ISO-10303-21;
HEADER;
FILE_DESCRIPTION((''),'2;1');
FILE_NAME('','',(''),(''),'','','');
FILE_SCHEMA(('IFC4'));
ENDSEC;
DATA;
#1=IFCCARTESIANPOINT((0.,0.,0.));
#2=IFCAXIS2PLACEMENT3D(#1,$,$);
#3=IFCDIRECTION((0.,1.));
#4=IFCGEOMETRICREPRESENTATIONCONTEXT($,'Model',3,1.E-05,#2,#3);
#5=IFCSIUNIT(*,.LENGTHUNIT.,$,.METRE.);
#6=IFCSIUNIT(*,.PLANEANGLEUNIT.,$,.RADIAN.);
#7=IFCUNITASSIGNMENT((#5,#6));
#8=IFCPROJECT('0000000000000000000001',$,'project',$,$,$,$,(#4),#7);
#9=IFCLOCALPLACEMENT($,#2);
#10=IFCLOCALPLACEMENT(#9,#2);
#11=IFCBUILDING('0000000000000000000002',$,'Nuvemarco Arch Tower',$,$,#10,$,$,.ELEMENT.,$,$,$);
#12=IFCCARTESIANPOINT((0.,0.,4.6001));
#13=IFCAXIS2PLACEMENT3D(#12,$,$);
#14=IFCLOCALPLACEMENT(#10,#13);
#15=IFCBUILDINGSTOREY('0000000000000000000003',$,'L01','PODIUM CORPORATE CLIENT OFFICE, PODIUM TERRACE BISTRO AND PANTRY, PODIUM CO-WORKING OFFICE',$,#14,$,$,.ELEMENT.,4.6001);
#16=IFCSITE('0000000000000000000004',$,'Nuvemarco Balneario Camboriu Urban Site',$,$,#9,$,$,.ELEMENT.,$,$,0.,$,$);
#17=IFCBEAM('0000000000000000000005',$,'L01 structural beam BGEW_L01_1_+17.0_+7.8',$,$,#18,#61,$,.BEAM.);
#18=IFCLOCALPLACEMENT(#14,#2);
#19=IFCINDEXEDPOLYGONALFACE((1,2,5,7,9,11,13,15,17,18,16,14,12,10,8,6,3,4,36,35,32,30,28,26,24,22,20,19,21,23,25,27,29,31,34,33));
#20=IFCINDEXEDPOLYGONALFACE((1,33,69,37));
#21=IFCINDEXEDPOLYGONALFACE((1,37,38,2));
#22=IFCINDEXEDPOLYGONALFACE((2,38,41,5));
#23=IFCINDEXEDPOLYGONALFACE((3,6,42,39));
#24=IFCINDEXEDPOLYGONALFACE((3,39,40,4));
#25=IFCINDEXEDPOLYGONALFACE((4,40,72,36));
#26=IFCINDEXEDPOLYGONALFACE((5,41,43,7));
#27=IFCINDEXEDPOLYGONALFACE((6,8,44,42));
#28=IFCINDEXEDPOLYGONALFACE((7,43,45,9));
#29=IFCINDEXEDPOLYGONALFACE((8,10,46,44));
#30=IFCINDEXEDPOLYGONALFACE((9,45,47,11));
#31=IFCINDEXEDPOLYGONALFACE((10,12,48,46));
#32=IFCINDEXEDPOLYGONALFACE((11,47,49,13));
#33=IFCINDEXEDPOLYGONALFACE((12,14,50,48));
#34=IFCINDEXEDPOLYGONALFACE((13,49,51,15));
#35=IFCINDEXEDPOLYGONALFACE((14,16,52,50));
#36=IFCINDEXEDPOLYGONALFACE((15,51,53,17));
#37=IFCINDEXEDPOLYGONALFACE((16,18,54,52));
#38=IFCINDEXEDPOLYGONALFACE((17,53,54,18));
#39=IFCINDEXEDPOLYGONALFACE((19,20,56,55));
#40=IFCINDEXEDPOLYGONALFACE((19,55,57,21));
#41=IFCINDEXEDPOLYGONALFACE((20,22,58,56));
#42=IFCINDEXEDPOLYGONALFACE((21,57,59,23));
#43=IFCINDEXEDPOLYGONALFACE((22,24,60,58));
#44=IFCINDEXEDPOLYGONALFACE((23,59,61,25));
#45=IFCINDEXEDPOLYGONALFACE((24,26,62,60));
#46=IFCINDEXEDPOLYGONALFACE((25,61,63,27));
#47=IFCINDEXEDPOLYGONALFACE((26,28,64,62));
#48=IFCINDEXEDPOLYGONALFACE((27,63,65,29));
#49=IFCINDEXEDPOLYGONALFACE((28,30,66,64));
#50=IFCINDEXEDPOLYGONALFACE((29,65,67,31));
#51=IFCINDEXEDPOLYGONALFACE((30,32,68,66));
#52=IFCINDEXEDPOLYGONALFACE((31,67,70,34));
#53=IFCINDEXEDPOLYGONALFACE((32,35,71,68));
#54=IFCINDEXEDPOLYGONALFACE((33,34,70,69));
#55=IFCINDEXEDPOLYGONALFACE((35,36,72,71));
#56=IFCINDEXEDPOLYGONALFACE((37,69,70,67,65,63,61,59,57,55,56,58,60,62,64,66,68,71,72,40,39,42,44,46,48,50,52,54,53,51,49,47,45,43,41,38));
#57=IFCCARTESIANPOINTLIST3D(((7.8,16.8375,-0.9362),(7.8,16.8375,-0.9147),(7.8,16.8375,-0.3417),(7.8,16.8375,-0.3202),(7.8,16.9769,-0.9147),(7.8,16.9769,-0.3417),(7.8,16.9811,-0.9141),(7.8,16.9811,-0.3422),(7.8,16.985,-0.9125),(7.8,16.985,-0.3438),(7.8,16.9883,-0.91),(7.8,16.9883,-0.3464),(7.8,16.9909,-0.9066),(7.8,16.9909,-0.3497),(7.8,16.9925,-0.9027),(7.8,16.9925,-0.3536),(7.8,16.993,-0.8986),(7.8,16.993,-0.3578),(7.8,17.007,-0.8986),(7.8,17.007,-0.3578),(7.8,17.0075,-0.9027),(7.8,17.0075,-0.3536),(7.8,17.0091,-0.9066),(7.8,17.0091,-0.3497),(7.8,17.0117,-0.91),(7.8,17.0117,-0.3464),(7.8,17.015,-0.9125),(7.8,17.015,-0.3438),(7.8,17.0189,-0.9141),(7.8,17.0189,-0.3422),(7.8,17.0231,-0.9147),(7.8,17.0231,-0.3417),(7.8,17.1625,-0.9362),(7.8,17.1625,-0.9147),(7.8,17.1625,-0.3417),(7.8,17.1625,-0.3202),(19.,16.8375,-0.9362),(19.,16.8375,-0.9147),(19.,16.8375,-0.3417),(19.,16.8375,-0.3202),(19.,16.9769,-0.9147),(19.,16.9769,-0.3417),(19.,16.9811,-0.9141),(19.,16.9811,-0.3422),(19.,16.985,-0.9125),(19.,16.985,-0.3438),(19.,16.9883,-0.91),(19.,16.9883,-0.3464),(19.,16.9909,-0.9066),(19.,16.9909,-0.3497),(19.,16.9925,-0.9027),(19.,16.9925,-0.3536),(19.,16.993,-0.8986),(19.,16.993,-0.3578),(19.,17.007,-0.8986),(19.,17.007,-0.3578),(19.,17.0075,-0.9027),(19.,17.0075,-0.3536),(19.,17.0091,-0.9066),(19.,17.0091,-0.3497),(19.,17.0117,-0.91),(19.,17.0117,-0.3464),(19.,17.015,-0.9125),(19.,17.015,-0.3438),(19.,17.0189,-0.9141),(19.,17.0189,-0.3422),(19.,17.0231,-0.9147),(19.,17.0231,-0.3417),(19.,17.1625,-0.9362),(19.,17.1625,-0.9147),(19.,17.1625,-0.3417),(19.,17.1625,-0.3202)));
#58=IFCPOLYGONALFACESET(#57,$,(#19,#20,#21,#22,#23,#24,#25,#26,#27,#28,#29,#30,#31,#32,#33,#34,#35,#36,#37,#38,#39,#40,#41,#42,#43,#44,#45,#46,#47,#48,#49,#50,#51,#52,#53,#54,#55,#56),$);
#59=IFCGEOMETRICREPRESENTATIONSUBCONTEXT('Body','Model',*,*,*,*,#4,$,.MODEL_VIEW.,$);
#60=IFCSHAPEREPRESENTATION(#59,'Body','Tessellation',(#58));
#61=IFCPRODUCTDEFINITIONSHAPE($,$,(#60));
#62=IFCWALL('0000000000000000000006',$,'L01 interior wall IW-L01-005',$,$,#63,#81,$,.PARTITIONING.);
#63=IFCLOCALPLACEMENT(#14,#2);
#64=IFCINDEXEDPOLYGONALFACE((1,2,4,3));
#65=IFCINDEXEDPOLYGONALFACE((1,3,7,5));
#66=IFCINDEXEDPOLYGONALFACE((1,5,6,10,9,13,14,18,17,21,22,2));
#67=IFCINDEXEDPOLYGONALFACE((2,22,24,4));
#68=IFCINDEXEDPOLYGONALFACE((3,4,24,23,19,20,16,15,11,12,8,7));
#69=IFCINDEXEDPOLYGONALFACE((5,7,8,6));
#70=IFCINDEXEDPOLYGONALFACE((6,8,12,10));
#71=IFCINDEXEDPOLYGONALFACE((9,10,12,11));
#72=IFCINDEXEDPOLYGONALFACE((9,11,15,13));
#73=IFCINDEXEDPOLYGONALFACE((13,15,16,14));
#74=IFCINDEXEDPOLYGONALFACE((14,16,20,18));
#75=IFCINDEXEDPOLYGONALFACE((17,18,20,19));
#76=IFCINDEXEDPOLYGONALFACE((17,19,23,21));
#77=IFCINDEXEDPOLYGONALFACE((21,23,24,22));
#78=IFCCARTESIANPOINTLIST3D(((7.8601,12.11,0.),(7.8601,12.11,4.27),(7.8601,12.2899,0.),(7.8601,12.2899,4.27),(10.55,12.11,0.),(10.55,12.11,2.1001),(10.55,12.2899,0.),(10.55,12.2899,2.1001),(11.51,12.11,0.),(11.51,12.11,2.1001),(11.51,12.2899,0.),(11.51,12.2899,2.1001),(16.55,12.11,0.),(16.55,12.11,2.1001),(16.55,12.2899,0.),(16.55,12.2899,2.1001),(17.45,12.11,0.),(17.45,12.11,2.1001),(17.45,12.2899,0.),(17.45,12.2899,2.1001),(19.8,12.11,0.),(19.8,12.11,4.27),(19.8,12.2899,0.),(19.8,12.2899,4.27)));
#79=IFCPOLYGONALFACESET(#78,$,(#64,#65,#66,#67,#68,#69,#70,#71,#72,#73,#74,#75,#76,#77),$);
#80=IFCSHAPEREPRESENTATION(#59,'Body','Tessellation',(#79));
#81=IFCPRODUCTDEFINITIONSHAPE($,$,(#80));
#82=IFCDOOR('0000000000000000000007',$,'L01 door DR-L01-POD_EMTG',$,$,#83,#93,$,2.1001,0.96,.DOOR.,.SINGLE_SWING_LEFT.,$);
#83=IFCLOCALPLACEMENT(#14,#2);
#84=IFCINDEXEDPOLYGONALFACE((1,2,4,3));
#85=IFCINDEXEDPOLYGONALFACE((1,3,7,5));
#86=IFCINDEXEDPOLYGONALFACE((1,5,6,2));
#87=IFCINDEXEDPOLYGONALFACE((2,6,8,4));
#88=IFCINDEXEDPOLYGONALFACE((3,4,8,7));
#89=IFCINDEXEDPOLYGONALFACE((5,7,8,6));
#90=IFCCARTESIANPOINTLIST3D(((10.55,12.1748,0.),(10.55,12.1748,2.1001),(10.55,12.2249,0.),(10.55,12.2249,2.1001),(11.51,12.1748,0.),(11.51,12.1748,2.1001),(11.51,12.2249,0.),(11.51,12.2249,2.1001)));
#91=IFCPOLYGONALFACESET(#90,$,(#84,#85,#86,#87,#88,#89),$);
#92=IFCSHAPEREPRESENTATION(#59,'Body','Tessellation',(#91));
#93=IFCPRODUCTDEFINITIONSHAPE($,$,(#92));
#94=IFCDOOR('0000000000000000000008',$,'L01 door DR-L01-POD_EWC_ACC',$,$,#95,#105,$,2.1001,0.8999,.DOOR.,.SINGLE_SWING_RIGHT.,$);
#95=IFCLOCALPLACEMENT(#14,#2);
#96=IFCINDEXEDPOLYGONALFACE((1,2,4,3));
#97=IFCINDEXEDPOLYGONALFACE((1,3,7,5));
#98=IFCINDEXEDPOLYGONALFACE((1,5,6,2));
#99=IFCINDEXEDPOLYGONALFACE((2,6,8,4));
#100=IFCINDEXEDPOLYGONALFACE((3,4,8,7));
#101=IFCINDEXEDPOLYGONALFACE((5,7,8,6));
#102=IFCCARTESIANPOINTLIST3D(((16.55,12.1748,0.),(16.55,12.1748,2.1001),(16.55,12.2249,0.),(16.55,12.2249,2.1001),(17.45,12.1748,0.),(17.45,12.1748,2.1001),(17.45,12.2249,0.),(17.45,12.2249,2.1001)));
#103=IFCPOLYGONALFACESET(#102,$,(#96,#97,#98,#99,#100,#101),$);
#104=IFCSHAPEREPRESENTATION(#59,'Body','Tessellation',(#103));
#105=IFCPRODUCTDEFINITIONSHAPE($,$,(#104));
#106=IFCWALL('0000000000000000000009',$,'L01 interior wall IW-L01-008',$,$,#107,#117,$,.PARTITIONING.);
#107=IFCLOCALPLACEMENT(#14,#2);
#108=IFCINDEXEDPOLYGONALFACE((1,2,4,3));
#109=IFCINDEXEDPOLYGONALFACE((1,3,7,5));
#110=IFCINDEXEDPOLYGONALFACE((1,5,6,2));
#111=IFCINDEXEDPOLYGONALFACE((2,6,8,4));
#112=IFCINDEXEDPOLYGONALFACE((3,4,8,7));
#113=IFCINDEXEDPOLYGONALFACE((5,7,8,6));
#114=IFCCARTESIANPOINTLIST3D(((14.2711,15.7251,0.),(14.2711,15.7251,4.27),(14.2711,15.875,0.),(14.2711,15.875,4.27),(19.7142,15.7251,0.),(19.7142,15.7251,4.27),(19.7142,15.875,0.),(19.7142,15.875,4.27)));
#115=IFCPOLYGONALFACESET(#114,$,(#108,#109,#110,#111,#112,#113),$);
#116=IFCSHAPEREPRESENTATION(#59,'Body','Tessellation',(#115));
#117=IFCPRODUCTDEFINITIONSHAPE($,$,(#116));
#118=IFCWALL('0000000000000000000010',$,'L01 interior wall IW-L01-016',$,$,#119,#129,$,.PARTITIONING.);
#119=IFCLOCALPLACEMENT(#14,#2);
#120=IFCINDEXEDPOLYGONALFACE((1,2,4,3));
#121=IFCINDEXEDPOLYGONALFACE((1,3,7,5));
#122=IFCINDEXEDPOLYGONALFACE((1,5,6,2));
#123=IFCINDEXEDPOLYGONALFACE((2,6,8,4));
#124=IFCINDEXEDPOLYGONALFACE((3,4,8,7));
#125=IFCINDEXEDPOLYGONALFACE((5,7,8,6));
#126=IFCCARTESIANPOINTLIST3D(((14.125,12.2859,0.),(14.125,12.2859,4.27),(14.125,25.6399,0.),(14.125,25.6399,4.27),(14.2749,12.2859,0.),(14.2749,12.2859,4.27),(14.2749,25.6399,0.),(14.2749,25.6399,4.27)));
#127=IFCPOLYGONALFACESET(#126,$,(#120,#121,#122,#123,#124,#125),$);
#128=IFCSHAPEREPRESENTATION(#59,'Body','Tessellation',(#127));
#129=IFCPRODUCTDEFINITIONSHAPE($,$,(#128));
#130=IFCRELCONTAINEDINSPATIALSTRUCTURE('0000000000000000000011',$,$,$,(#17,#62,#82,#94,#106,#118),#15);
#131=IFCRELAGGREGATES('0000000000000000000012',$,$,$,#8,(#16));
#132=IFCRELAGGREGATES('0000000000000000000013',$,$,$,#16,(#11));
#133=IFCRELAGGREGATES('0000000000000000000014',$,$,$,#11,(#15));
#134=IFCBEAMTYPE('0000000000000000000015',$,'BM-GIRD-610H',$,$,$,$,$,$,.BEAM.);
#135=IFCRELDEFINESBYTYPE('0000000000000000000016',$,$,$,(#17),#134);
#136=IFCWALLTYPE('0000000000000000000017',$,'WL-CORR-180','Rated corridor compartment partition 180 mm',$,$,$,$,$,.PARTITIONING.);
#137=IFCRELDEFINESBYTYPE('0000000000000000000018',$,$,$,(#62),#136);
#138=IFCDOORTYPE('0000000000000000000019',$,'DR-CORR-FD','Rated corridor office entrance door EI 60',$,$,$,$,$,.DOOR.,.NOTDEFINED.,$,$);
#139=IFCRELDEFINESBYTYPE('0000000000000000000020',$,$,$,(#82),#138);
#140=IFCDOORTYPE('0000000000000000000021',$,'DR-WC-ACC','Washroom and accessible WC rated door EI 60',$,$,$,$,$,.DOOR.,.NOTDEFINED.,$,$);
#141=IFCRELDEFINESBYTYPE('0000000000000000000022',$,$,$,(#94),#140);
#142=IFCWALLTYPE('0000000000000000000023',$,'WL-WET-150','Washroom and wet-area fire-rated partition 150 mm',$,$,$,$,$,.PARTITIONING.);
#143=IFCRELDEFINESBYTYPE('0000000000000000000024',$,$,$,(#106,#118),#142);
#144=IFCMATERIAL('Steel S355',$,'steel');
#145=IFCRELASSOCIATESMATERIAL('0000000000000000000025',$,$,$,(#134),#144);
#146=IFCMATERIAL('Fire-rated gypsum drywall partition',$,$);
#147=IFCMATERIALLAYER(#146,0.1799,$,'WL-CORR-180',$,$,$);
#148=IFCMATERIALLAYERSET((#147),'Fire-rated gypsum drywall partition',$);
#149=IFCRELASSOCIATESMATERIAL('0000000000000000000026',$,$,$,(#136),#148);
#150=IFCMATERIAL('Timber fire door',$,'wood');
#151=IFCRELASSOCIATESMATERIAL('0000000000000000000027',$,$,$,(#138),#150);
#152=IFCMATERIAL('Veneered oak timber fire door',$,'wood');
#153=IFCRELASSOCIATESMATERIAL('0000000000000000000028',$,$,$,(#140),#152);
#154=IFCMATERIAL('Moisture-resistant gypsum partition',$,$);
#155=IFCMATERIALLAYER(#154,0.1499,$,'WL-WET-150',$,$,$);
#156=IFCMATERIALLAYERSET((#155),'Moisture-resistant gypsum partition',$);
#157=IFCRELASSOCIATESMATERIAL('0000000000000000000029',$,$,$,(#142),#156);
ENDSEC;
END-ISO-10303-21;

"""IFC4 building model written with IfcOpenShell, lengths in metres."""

from ifc_helpers import new_model, si_unit, direction, frame, frame_2d, origin, origin_2d, place, context, subcontext, project, spatial, rectangle, i_section, extrude, source, transform, mapped, material, layer, layer_set, material_profile, profile_set, type_object, type_shapes, element, fill, save


model = new_model("IFC4")

# Units and contexts
model_context = context("Model", 3, precision=1e-05, world=origin(), true_north=direction((0.0, 1.0)))
body_context = subcontext(model_context, "Body", "Model", "MODEL_VIEW")
ifc_project = project(units=[si_unit("LENGTHUNIT", "METRE"), si_unit("PLANEANGLEUNIT", "RADIAN")], contexts=[model_context])

# Site, building, storey
site_placement = place(None, origin())
site = spatial("IfcSite", under=ifc_project, at=site_placement, Name="Nuvemarco Balneario Camboriu Urban Site", CompositionType="ELEMENT", RefElevation=0.0)
building_placement = place(site_placement, origin())
building = spatial("IfcBuilding", under=site, at=building_placement, Name="Nuvemarco Arch Tower", CompositionType="ELEMENT")
storey_placement = place(building_placement, frame((0.0, 0.0, 4.6001)))
storey = spatial("IfcBuildingStorey", under=building, at=storey_placement, Name="L01", Description="PODIUM CORPORATE CLIENT OFFICE, PODIUM TERRACE BISTRO AND PANTRY, PODIUM CO-WORKING OFFICE", CompositionType="ELEMENT", Elevation=4.6001)

# Beam
ifc_material_1 = material(Name="Steel S355", Category="steel")
ifc_material_profile_1 = material_profile(ifc_material_1, i_section(OverallWidth=0.325, OverallDepth=0.616, WebThickness=0.0139, FlangeThickness=0.0215, FilletRadius=0.0161, at=origin_2d()), Name="W610x174")
ifc_profile_set_1 = profile_set([ifc_material_profile_1], Name="Steel S355")
beam_type = type_object("IfcBeamType", Name="BM-GIRD-610H", PredefinedType="BEAM", material=ifc_profile_set_1)
beam_1_placement = place(storey_placement, frame((7.8, 17.0, -0.6282), z_axis=(1.0, 0.0, 0.0), x_axis=(0.0, 1.0, 0.0)))
element("IfcBeam", 1, at=beam_1_placement, inside=storey, type_object=beam_type, Name="L01 structural beam BGEW_L01_1_+17.0_+7.8", PredefinedType="BEAM", context=body_context, shape_type="SweptSolid", body=[
    extrude(i_section(OverallWidth=0.325, OverallDepth=0.616, WebThickness=0.0139, FlangeThickness=0.0215, FilletRadius=0.0161, at=origin_2d()), origin(), (0.0, 0.0, 1.0), 11.2),
])

# Wall, openings, doors
ifc_material_2 = material(Name="Fire-rated gypsum drywall partition")
ifc_layer_1 = layer(ifc_material_2, 0.1799, Name="WL-CORR-180")
ifc_layer_set_1 = layer_set([ifc_layer_1], Name="Fire-rated gypsum drywall partition")
wall_type_1 = type_object("IfcWallType", Name="WL-CORR-180", Description="Rated corridor compartment partition 180 mm", PredefinedType="PARTITIONING", material=ifc_layer_set_1)
wall_1_placement = place(storey_placement, frame((7.8601, 12.2, 0.0), z_axis=(0.0, 0.0, 1.0), x_axis=(1.0, 0.0, 0.0)))
wall_1 = element("IfcWall", 2, at=wall_1_placement, inside=storey, type_object=wall_type_1, Name="L01 interior wall IW-L01-005", PredefinedType="PARTITIONING", context=body_context, shape_type="SweptSolid", body=[
    extrude(rectangle(XDim=11.9399, YDim=0.1799, at=frame_2d((5.97, 0.0))), origin(), (0.0, 0.0, 1.0), 4.27),
])
opening_1_placement = place(wall_1_placement, frame((2.6899, 0.0, 0.0)))
opening_1 = element("IfcOpeningElement", 3, at=opening_1_placement, cuts=wall_1, PredefinedType="OPENING", context=body_context, shape_type="SweptSolid", body=[
    extrude(rectangle(XDim=0.96, YDim=2.1001, at=frame_2d((0.48, 1.05))), frame((0.0, 0.0999, 0.0), z_axis=(0.0, -1.0, 0.0), x_axis=(1.0, 0.0, 0.0)), (0.0, 0.0, 1.0), 0.2),
])
opening_2_placement = place(wall_1_placement, frame((8.6899, 0.0, 0.0)))
opening_2 = element("IfcOpeningElement", 4, at=opening_2_placement, cuts=wall_1, PredefinedType="OPENING", context=body_context, shape_type="SweptSolid", body=[
    extrude(rectangle(XDim=0.8999, YDim=2.1001, at=frame_2d((0.45, 1.05))), frame((0.0, 0.0999, 0.0), z_axis=(0.0, -1.0, 0.0), x_axis=(1.0, 0.0, 0.0)), (0.0, 0.0, 1.0), 0.2),
])
ifc_material_3 = material(Name="Timber fire door", Category="wood")
door_type_1 = type_object("IfcDoorType", Name="DR-CORR-FD", Description="Rated corridor office entrance door EI 60", OperationType="NOTDEFINED", PredefinedType="DOOR", material=ifc_material_3)
shared_shape_1 = source(origin(), body_context, "Body", "SweptSolid", [
    extrude(rectangle(XDim=0.96, YDim=2.1001, at=frame_2d((0.48, 1.05))), frame((0.0, 0.0249, 0.0), z_axis=(0.0, -1.0, 0.0), x_axis=(1.0, 0.0, 0.0)), (0.0, 0.0, 1.0), 0.05),
])
type_shapes(door_type_1, [shared_shape_1])
door_1_placement = place(opening_1_placement, origin())
door_1 = element("IfcDoor", 5, at=door_1_placement, inside=storey, type_object=door_type_1, Name="L01 door DR-L01-POD_EMTG", OperationType="SINGLE_SWING_LEFT", OverallHeight=2.1001, OverallWidth=0.96, PredefinedType="DOOR", context=body_context, shape_type="MappedRepresentation", body=[
    mapped(shared_shape_1, transform((0.0, 0.0, 0.0), scale=1.0)),
])
fill(opening_1, door_1)
ifc_material_4 = material(Name="Veneered oak timber fire door", Category="wood")
door_type_2 = type_object("IfcDoorType", Name="DR-WC-ACC", Description="Washroom and accessible WC rated door EI 60", OperationType="NOTDEFINED", PredefinedType="DOOR", material=ifc_material_4)
shared_shape_2 = source(origin(), body_context, "Body", "SweptSolid", [
    extrude(rectangle(XDim=0.8999, YDim=2.1001, at=frame_2d((0.45, 1.05))), frame((0.0, 0.0249, 0.0), z_axis=(0.0, -1.0, 0.0), x_axis=(1.0, 0.0, 0.0)), (0.0, 0.0, 1.0), 0.05),
])
type_shapes(door_type_2, [shared_shape_2])
door_2_placement = place(opening_2_placement, origin())
door_2 = element("IfcDoor", 6, at=door_2_placement, inside=storey, type_object=door_type_2, Name="L01 door DR-L01-POD_EWC_ACC", OperationType="SINGLE_SWING_RIGHT", OverallHeight=2.1001, OverallWidth=0.8999, PredefinedType="DOOR", context=body_context, shape_type="MappedRepresentation", body=[
    mapped(shared_shape_2, transform((0.0, 0.0, 0.0), scale=1.0)),
])
fill(opening_2, door_2)

# Walls
ifc_material_5 = material(Name="Moisture-resistant gypsum partition")
ifc_layer_2 = layer(ifc_material_5, 0.1499, Name="WL-WET-150")
ifc_layer_set_2 = layer_set([ifc_layer_2], Name="Moisture-resistant gypsum partition")
wall_type_2 = type_object("IfcWallType", Name="WL-WET-150", Description="Washroom and wet-area fire-rated partition 150 mm", PredefinedType="PARTITIONING", material=ifc_layer_set_2)
wall_2_placement = place(storey_placement, frame((14.271, 15.8, 0.0), z_axis=(0.0, 0.0, 1.0), x_axis=(1.0, 0.0, 0.0)))
element("IfcWall", 7, at=wall_2_placement, inside=storey, type_object=wall_type_2, Name="L01 interior wall IW-L01-008", PredefinedType="PARTITIONING", context=body_context, shape_type="SweptSolid", body=[
    extrude(rectangle(XDim=5.4431, YDim=0.1499, at=frame_2d((2.7217, 0.0))), origin(), (0.0, 0.0, 1.0), 4.27),
])
wall_3_placement = place(storey_placement, frame((14.2, 12.2859, 0.0), z_axis=(0.0, 0.0, 1.0), x_axis=(0.0, 1.0, 0.0)))
element("IfcWall", 8, at=wall_3_placement, inside=storey, type_object=wall_type_2, Name="L01 interior wall IW-L01-016", PredefinedType="PARTITIONING", context=body_context, shape_type="SweptSolid", body=[
    extrude(rectangle(XDim=13.354, YDim=0.1499, at=frame_2d((6.677, 0.0))), origin(), (0.0, 0.0, 1.0), 4.27),
])

save(model, "model.ifc")
